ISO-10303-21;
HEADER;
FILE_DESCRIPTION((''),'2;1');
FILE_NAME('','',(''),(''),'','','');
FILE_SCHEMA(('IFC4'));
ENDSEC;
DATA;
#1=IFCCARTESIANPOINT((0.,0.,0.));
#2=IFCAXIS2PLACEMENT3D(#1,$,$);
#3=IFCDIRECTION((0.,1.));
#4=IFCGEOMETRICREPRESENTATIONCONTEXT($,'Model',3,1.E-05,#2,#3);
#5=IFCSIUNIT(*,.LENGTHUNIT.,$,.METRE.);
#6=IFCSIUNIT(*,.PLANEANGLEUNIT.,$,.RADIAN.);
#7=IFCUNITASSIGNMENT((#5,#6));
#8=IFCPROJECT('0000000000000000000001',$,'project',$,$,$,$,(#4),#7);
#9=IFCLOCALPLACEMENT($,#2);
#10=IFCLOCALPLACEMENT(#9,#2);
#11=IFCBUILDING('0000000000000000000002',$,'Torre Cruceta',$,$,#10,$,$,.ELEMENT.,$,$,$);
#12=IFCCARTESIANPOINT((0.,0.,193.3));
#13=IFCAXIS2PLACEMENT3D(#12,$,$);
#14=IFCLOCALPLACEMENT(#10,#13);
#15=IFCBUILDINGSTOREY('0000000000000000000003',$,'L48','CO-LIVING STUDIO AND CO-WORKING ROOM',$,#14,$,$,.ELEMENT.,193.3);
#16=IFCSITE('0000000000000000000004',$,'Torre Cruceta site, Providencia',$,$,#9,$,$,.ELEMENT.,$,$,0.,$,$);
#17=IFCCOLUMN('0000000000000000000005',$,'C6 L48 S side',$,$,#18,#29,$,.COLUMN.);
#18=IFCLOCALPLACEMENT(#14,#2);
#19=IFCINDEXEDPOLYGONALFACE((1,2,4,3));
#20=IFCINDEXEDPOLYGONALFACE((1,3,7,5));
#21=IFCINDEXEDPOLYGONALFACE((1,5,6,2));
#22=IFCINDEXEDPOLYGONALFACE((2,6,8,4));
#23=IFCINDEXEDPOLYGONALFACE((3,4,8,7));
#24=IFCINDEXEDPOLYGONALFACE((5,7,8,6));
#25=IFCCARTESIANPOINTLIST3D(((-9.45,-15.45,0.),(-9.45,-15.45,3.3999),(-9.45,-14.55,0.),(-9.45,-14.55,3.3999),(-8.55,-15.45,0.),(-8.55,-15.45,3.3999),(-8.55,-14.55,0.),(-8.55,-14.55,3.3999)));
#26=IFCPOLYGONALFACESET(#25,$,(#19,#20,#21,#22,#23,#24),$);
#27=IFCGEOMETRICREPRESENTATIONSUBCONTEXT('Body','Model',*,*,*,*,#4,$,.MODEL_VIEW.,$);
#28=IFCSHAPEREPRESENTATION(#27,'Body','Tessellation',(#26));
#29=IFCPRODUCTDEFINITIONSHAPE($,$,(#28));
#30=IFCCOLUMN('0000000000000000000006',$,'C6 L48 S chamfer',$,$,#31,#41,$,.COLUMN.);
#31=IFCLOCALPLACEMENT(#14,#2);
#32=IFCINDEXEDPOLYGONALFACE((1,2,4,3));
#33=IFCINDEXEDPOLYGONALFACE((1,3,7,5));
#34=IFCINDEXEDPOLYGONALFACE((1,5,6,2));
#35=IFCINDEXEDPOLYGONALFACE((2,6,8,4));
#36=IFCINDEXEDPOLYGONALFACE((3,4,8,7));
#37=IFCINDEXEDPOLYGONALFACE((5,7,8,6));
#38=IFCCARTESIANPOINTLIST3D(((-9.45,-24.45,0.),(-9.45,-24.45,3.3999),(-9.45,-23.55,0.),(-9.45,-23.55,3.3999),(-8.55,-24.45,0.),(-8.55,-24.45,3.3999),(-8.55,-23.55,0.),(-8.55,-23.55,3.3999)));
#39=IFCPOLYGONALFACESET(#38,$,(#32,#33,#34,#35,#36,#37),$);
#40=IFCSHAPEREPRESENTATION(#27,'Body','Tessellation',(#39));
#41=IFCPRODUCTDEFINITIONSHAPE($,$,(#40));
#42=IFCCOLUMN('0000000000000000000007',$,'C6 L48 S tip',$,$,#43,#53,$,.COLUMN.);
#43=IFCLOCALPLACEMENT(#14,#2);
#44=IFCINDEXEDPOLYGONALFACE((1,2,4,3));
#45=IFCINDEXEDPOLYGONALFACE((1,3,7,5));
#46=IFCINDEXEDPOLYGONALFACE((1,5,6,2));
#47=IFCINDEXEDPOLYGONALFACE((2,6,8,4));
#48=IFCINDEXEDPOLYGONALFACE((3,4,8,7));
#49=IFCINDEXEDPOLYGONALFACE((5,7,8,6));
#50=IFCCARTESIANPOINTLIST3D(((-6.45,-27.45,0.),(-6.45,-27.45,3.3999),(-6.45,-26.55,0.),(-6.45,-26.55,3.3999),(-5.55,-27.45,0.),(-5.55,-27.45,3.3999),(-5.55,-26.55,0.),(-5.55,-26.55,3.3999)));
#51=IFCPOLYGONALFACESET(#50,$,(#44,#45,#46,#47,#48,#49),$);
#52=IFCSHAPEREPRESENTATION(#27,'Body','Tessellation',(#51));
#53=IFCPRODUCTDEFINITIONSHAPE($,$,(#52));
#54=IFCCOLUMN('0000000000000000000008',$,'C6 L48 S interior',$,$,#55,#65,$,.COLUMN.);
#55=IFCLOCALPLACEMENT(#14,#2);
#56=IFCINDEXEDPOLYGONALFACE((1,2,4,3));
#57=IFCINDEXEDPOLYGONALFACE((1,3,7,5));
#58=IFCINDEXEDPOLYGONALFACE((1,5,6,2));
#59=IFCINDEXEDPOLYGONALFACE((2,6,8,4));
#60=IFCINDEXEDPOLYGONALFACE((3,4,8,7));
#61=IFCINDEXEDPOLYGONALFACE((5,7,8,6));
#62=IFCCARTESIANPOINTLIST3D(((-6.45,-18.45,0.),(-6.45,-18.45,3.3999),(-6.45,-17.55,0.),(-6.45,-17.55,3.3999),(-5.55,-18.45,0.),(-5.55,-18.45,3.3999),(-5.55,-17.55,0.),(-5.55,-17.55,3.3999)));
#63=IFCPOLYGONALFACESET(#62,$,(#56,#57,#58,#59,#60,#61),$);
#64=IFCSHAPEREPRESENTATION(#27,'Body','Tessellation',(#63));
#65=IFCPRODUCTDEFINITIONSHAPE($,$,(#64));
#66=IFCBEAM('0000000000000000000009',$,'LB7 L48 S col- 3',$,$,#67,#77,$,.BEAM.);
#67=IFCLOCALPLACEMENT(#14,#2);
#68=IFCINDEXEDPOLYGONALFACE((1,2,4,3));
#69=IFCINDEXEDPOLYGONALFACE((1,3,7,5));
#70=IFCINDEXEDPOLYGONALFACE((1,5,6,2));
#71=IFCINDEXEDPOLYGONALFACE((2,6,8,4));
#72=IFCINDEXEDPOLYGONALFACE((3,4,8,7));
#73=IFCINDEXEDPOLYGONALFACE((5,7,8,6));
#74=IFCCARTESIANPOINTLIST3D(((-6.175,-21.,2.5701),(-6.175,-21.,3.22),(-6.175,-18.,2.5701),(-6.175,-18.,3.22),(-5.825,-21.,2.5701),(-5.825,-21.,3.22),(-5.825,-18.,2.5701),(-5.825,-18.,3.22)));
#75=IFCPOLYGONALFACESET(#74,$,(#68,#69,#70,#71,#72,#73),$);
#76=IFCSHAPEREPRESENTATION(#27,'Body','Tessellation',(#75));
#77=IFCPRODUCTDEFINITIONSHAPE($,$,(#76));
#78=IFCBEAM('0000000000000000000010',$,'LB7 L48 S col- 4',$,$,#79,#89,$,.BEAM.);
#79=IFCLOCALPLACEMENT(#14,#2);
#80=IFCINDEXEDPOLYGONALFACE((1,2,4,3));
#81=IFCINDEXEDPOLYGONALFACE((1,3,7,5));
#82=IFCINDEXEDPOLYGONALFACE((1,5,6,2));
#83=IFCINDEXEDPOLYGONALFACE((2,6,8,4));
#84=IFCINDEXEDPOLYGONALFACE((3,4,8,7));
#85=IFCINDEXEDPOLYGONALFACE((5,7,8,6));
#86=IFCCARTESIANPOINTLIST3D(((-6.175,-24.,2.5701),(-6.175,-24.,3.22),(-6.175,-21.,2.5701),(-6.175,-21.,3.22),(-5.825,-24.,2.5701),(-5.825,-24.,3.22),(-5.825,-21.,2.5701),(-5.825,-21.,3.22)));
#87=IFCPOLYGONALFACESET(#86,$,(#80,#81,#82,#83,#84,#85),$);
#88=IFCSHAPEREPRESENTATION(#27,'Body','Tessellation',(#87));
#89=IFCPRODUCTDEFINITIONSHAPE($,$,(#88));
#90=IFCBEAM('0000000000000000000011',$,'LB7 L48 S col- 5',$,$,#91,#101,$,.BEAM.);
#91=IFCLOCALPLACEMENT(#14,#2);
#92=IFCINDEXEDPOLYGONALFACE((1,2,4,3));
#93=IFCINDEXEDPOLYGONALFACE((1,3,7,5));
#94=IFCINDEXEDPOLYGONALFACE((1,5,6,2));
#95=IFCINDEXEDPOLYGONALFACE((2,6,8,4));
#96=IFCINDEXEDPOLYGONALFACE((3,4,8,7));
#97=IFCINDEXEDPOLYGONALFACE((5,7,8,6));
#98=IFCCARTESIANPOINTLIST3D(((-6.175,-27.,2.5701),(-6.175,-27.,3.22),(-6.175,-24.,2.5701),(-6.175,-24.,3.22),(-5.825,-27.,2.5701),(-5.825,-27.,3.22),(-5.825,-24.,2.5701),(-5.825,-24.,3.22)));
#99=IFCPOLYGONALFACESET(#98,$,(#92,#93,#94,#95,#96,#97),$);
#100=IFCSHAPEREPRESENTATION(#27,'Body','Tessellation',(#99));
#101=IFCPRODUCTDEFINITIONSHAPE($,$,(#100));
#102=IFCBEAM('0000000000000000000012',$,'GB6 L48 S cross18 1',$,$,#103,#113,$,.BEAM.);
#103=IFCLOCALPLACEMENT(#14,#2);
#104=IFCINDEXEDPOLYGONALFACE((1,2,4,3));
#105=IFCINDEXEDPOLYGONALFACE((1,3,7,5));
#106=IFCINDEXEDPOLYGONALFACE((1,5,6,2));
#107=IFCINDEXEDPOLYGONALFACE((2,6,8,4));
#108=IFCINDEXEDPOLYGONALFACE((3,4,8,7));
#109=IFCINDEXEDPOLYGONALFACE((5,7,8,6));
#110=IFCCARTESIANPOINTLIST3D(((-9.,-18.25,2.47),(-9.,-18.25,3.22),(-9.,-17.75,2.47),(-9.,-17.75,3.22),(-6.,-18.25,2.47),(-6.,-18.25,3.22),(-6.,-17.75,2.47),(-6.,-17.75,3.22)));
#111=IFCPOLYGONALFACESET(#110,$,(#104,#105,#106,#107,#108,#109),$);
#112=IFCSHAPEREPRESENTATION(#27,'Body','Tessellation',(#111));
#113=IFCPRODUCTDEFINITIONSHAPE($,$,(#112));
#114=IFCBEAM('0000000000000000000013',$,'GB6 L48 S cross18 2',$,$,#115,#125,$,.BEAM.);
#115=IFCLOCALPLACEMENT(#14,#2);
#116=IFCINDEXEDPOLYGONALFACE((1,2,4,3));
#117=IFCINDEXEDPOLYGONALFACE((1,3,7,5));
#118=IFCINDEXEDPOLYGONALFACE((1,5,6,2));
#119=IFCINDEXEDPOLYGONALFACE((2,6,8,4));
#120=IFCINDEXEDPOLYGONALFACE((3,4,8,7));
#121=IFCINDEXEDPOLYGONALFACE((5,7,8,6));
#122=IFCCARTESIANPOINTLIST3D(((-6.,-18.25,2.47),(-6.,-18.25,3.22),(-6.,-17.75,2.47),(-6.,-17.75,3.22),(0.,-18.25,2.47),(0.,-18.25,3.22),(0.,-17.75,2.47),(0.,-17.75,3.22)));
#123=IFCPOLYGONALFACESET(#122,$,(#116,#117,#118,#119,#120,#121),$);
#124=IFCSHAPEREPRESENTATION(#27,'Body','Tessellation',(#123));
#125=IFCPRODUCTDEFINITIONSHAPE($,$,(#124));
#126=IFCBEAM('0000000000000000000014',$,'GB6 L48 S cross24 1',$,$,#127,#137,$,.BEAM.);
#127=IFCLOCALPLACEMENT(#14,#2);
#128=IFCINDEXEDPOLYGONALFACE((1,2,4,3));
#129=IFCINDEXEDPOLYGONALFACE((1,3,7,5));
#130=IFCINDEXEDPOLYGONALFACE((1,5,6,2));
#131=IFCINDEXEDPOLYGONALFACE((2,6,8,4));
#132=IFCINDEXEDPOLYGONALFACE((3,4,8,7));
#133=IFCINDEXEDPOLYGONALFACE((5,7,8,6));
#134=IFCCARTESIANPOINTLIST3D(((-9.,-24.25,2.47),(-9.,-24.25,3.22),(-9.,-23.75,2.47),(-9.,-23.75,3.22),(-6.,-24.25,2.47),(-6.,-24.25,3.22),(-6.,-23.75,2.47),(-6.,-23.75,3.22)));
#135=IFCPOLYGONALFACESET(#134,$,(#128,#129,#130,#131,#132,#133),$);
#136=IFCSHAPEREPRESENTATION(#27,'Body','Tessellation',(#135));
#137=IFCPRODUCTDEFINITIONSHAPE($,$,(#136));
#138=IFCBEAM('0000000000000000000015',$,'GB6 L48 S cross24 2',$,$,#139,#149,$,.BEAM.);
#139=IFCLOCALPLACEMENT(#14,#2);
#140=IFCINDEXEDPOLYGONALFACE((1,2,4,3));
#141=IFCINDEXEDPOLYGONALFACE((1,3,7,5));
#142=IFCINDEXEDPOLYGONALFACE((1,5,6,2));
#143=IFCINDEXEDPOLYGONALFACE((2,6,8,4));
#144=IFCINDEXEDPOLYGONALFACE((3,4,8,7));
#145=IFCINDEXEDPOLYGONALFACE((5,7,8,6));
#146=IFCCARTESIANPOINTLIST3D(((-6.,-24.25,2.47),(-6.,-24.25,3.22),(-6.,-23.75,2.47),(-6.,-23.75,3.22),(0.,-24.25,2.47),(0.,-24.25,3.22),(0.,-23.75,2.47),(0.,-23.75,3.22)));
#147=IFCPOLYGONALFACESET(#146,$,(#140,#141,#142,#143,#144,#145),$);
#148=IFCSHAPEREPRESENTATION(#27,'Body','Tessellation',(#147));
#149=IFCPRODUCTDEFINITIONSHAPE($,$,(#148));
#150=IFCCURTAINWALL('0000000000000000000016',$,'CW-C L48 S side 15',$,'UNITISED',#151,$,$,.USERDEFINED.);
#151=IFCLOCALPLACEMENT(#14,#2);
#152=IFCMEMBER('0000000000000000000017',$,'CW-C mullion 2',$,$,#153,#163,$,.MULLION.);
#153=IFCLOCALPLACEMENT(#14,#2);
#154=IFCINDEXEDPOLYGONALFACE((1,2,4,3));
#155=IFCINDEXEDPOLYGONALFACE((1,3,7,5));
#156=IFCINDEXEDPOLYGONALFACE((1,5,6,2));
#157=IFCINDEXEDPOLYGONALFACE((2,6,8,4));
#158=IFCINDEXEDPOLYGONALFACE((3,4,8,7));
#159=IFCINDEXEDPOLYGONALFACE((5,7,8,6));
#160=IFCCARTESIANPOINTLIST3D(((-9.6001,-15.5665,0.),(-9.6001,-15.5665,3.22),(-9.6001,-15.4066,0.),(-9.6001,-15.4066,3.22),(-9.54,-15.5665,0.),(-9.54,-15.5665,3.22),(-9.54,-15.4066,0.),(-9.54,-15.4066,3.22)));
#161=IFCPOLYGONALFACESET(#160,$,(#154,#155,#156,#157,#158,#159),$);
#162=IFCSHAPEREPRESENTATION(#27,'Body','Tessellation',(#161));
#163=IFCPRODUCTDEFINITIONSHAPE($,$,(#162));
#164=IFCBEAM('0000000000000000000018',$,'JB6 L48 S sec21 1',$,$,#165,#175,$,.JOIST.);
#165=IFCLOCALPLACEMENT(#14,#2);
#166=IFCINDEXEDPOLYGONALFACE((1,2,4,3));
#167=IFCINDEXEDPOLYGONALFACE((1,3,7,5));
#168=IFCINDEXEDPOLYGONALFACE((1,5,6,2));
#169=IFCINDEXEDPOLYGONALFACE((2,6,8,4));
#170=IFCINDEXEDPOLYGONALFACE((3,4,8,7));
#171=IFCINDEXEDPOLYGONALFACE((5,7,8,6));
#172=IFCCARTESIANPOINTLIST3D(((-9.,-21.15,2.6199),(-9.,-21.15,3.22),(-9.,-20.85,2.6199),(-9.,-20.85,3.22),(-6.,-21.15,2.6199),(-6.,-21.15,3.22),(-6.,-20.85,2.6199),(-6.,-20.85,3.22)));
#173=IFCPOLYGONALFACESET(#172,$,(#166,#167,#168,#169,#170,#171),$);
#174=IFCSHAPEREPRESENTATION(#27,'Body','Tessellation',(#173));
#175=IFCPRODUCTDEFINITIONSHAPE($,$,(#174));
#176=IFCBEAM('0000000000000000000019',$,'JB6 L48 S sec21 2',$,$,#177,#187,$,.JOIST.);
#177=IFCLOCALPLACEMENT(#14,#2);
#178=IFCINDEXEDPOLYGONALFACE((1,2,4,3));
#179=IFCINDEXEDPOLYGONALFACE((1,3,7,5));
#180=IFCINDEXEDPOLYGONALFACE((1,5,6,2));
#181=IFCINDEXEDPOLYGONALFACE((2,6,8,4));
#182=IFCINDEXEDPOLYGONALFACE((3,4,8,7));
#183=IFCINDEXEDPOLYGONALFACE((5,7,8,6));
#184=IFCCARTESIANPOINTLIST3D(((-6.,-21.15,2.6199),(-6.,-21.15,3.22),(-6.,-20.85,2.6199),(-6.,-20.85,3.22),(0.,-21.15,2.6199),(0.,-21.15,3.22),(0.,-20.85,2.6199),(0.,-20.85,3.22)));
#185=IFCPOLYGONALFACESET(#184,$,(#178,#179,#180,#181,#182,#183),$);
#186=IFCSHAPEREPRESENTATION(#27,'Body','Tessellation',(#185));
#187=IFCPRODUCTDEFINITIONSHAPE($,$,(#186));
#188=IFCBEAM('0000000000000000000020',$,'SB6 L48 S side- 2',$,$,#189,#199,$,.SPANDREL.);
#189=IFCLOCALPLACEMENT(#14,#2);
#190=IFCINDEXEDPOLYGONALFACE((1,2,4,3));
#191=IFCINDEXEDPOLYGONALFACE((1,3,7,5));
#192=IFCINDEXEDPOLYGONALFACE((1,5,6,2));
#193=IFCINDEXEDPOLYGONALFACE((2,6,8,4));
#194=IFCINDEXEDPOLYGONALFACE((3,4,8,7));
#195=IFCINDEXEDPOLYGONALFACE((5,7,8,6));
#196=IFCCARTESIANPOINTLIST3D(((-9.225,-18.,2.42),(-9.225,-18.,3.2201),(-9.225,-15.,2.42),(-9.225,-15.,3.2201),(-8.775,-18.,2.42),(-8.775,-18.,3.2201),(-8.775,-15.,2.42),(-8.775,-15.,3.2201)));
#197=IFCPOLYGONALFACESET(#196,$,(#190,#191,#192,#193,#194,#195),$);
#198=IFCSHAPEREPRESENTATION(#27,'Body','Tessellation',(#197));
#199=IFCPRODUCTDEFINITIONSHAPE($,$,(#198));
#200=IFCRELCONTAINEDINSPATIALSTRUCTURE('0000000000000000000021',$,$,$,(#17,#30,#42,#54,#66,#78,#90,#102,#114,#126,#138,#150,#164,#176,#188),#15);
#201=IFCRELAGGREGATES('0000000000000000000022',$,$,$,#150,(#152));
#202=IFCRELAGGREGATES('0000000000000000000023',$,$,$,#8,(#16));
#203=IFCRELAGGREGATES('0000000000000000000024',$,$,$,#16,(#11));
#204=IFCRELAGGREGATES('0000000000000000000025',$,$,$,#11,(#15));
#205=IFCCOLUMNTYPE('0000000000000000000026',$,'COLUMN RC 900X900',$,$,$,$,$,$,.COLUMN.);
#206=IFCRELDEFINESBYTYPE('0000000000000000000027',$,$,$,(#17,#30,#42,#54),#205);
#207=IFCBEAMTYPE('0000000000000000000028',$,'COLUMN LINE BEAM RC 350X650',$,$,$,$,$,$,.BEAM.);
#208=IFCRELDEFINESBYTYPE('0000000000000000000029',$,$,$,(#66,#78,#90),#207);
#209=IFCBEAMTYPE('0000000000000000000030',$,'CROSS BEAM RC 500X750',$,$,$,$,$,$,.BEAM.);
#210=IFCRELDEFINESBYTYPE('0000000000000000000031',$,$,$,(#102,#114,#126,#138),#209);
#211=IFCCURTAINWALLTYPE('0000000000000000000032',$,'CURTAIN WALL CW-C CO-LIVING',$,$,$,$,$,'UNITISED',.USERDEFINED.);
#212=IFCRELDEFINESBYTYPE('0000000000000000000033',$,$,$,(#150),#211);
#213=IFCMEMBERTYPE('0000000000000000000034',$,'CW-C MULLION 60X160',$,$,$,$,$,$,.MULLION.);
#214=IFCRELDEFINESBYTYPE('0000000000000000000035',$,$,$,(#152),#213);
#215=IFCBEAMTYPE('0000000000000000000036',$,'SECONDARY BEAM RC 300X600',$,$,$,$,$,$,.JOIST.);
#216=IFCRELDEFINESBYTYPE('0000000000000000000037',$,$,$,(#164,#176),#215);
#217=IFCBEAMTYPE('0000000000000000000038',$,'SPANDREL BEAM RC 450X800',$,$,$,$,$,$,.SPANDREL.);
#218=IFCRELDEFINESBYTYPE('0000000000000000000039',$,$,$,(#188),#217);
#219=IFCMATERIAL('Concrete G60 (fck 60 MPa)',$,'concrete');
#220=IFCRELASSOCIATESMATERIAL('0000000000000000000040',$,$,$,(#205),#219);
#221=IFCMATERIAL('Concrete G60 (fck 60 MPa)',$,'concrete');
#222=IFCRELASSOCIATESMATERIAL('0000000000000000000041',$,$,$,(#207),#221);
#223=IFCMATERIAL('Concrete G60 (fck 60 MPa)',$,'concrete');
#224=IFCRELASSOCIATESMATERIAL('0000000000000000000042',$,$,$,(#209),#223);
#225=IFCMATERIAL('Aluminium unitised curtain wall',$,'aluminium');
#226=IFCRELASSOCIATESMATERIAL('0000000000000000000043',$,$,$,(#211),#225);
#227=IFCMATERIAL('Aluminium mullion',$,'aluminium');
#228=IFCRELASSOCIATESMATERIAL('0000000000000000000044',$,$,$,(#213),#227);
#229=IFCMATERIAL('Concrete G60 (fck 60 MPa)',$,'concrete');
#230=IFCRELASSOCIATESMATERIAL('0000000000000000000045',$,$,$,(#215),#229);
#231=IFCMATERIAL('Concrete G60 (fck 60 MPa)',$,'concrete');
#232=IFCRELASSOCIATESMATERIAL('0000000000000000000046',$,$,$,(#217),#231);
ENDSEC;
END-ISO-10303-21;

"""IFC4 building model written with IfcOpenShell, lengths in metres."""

from ifc_helpers import new_model, si_unit, direction, frame, origin, origin_2d, place, context, subcontext, project, spatial, rectangle, extrude, material, material_profile, profile_set, type_object, element, aggregate, save


model = new_model("IFC4")

# Units and contexts
model_context = context("Model", 3, precision=1e-05, world=origin(), true_north=direction((0.0, 1.0)))
body_context = subcontext(model_context, "Body", "Model", "MODEL_VIEW")
ifc_project = project(units=[si_unit("LENGTHUNIT", "METRE"), si_unit("PLANEANGLEUNIT", "RADIAN")], contexts=[model_context])

# Site, building, storey
site_placement = place(None, origin())
site = spatial("IfcSite", under=ifc_project, at=site_placement, Name="Torre Cruceta site, Providencia", CompositionType="ELEMENT", RefElevation=0.0)
building_placement = place(site_placement, origin())
building = spatial("IfcBuilding", under=site, at=building_placement, Name="Torre Cruceta", CompositionType="ELEMENT")
storey_placement = place(building_placement, frame((0.0, 0.0, 193.3)))
storey = spatial("IfcBuildingStorey", under=building, at=storey_placement, Name="L48", Description="CO-LIVING STUDIO AND CO-WORKING ROOM", CompositionType="ELEMENT", Elevation=193.3)

# Columns
ifc_material_1 = material(Name="Concrete G60 (fck 60 MPa)", Category="concrete")
ifc_material_profile_1 = material_profile(ifc_material_1, rectangle(XDim=0.8999, YDim=0.8999, at=origin_2d()), Name="RC 900X900")
ifc_profile_set_1 = profile_set([ifc_material_profile_1], Name="Concrete G60 (fck 60 MPa)")
column_type = type_object("IfcColumnType", Name="COLUMN RC 900X900", PredefinedType="COLUMN", material=ifc_profile_set_1)
for number, where, z_axis, x_axis, name in (
    (1, (-9.0, -15.0, 0.0), (0.0, 0.0, 1.0), (1.0, 0.0, 0.0), "C6 L48 S side"),
    (2, (-9.0, -24.0, 0.0), (0.0, 0.0, 1.0), (1.0, 0.0, 0.0), "C6 L48 S chamfer"),
    (3, (-6.0, -27.0, 0.0), (0.0, 0.0, 1.0), (1.0, 0.0, 0.0), "C6 L48 S tip"),
    (4, (-6.0, -18.0, 0.0), (0.0, 0.0, 1.0), (1.0, 0.0, 0.0), "C6 L48 S interior"),
):
    element("IfcColumn", number, at=place(storey_placement, frame(where, z_axis=z_axis, x_axis=x_axis)), inside=storey, type_object=column_type, Name=name, PredefinedType="COLUMN", context=body_context, shape_type="SweptSolid", body=[
        extrude(rectangle(XDim=0.8999, YDim=0.8999, at=origin_2d()), origin(), (0.0, 0.0, 1.0), 3.3999),
    ])

# Beams
ifc_material_2 = material(Name="Concrete G60 (fck 60 MPa)", Category="concrete")
ifc_material_profile_2 = material_profile(ifc_material_2, rectangle(XDim=0.3501, YDim=0.6499, at=origin_2d()), Name="RC 350X650")
ifc_profile_set_2 = profile_set([ifc_material_profile_2], Name="Concrete G60 (fck 60 MPa)")
beam_type_1 = type_object("IfcBeamType", Name="COLUMN LINE BEAM RC 350X650", PredefinedType="BEAM", material=ifc_profile_set_2)
for number, where, z_axis, x_axis, name in (
    (5, (-6.0, -18.0, 2.895), (0.0, -1.0, 0.0), (1.0, 0.0, 0.0), "LB7 L48 S col- 3"),
    (6, (-6.0, -21.0, 2.895), (0.0, -1.0, 0.0), (1.0, 0.0, 0.0), "LB7 L48 S col- 4"),
    (7, (-6.0, -24.0, 2.895), (0.0, -1.0, 0.0), (1.0, 0.0, 0.0), "LB7 L48 S col- 5"),
):
    element("IfcBeam", number, at=place(storey_placement, frame(where, z_axis=z_axis, x_axis=x_axis)), inside=storey, type_object=beam_type_1, Name=name, PredefinedType="BEAM", context=body_context, shape_type="SweptSolid", body=[
        extrude(rectangle(XDim=0.3501, YDim=0.6499, at=origin_2d()), origin(), (0.0, 0.0, 1.0), 3.0),
    ])
ifc_material_3 = material(Name="Concrete G60 (fck 60 MPa)", Category="concrete")
ifc_material_profile_3 = material_profile(ifc_material_3, rectangle(XDim=0.5, YDim=0.75, at=origin_2d()), Name="RC 500X750")
ifc_profile_set_3 = profile_set([ifc_material_profile_3], Name="Concrete G60 (fck 60 MPa)")
beam_type_2 = type_object("IfcBeamType", Name="CROSS BEAM RC 500X750", PredefinedType="BEAM", material=ifc_profile_set_3)
beam_1_placement = place(storey_placement, frame((-9.0, -18.0, 2.845), z_axis=(1.0, 0.0, 0.0), x_axis=(0.0, 1.0, 0.0)))
element("IfcBeam", 8, at=beam_1_placement, inside=storey, type_object=beam_type_2, Name="GB6 L48 S cross18 1", PredefinedType="BEAM", context=body_context, shape_type="SweptSolid", body=[
    extrude(rectangle(XDim=0.5, YDim=0.75, at=origin_2d()), origin(), (0.0, 0.0, 1.0), 3.0),
])
beam_2_placement = place(storey_placement, frame((-6.0, -18.0, 2.845), z_axis=(1.0, 0.0, 0.0), x_axis=(0.0, 1.0, 0.0)))
element("IfcBeam", 9, at=beam_2_placement, inside=storey, type_object=beam_type_2, Name="GB6 L48 S cross18 2", PredefinedType="BEAM", context=body_context, shape_type="SweptSolid", body=[
    extrude(rectangle(XDim=0.5, YDim=0.75, at=origin_2d()), origin(), (0.0, 0.0, 1.0), 6.0),
])
beam_3_placement = place(storey_placement, frame((-9.0, -24.0, 2.845), z_axis=(1.0, 0.0, 0.0), x_axis=(0.0, 1.0, 0.0)))
element("IfcBeam", 10, at=beam_3_placement, inside=storey, type_object=beam_type_2, Name="GB6 L48 S cross24 1", PredefinedType="BEAM", context=body_context, shape_type="SweptSolid", body=[
    extrude(rectangle(XDim=0.5, YDim=0.75, at=origin_2d()), origin(), (0.0, 0.0, 1.0), 3.0),
])
beam_4_placement = place(storey_placement, frame((-6.0, -24.0, 2.845), z_axis=(1.0, 0.0, 0.0), x_axis=(0.0, 1.0, 0.0)))
element("IfcBeam", 11, at=beam_4_placement, inside=storey, type_object=beam_type_2, Name="GB6 L48 S cross24 2", PredefinedType="BEAM", context=body_context, shape_type="SweptSolid", body=[
    extrude(rectangle(XDim=0.5, YDim=0.75, at=origin_2d()), origin(), (0.0, 0.0, 1.0), 6.0),
])

# Curtain wall, member
ifc_material_4 = material(Name="Aluminium unitised curtain wall", Category="aluminium")
curtain_wall_type = type_object("IfcCurtainWallType", Name="CURTAIN WALL CW-C CO-LIVING", ElementType="UNITISED", PredefinedType="USERDEFINED", material=ifc_material_4)
curtain_wall_placement = place(storey_placement, origin())
curtain_wall = element("IfcCurtainWall", 12, at=curtain_wall_placement, inside=storey, type_object=curtain_wall_type, Name="CW-C L48 S side 15", ObjectType="UNITISED", PredefinedType="USERDEFINED")
ifc_material_5 = material(Name="Aluminium mullion", Category="aluminium")
ifc_material_profile_4 = material_profile(ifc_material_5, rectangle(XDim=0.0601, YDim=0.1599, at=origin_2d()), Name="AL 60X160")
ifc_profile_set_4 = profile_set([ifc_material_profile_4], Name="Aluminium mullion")
member_type = type_object("IfcMemberType", Name="CW-C MULLION 60X160", PredefinedType="MULLION", material=ifc_profile_set_4)
member_placement = place(storey_placement, frame((-9.5701, -15.4866, 0.0), z_axis=(0.0, 0.0, 1.0), x_axis=(1.0, 0.0, 0.0)))
member = element("IfcMember", 13, at=member_placement, type_object=member_type, Name="CW-C mullion 2", PredefinedType="MULLION", context=body_context, shape_type="SweptSolid", body=[
    extrude(rectangle(XDim=0.0601, YDim=0.1599, at=origin_2d()), origin(), (0.0, 0.0, 1.0), 3.22),
])
aggregate(curtain_wall, [member])

# Beams
ifc_material_6 = material(Name="Concrete G60 (fck 60 MPa)", Category="concrete")
ifc_material_profile_5 = material_profile(ifc_material_6, rectangle(XDim=0.3, YDim=0.6001, at=origin_2d()), Name="RC 300X600")
ifc_profile_set_5 = profile_set([ifc_material_profile_5], Name="Concrete G60 (fck 60 MPa)")
beam_type_3 = type_object("IfcBeamType", Name="SECONDARY BEAM RC 300X600", PredefinedType="JOIST", material=ifc_profile_set_5)
beam_5_placement = place(storey_placement, frame((-9.0, -21.0, 2.9199), z_axis=(1.0, 0.0, 0.0), x_axis=(0.0, 1.0, 0.0)))
element("IfcBeam", 14, at=beam_5_placement, inside=storey, type_object=beam_type_3, Name="JB6 L48 S sec21 1", PredefinedType="JOIST", context=body_context, shape_type="SweptSolid", body=[
    extrude(rectangle(XDim=0.3, YDim=0.6001, at=origin_2d()), origin(), (0.0, 0.0, 1.0), 3.0),
])
beam_6_placement = place(storey_placement, frame((-6.0, -21.0, 2.9199), z_axis=(1.0, 0.0, 0.0), x_axis=(0.0, 1.0, 0.0)))
element("IfcBeam", 15, at=beam_6_placement, inside=storey, type_object=beam_type_3, Name="JB6 L48 S sec21 2", PredefinedType="JOIST", context=body_context, shape_type="SweptSolid", body=[
    extrude(rectangle(XDim=0.3, YDim=0.6001, at=origin_2d()), origin(), (0.0, 0.0, 1.0), 6.0),
])
ifc_material_7 = material(Name="Concrete G60 (fck 60 MPa)", Category="concrete")
ifc_material_profile_6 = material_profile(ifc_material_7, rectangle(XDim=0.45, YDim=0.8, at=origin_2d()), Name="RC 450X800")
ifc_profile_set_6 = profile_set([ifc_material_profile_6], Name="Concrete G60 (fck 60 MPa)")
beam_type_4 = type_object("IfcBeamType", Name="SPANDREL BEAM RC 450X800", PredefinedType="SPANDREL", material=ifc_profile_set_6)
for number, where, z_axis, x_axis, name in (
    (16, (-9.0, -15.0, 2.8201), (0.0, -1.0, 0.0), (1.0, 0.0, 0.0), "SB6 L48 S side- 2"),
):
    element("IfcBeam", number, at=place(storey_placement, frame(where, z_axis=z_axis, x_axis=x_axis)), inside=storey, type_object=beam_type_4, Name=name, PredefinedType="SPANDREL", context=body_context, shape_type="SweptSolid", body=[
        extrude(rectangle(XDim=0.45, YDim=0.8, at=origin_2d()), origin(), (0.0, 0.0, 1.0), 3.0),
    ])

save(model, "model.ifc")
